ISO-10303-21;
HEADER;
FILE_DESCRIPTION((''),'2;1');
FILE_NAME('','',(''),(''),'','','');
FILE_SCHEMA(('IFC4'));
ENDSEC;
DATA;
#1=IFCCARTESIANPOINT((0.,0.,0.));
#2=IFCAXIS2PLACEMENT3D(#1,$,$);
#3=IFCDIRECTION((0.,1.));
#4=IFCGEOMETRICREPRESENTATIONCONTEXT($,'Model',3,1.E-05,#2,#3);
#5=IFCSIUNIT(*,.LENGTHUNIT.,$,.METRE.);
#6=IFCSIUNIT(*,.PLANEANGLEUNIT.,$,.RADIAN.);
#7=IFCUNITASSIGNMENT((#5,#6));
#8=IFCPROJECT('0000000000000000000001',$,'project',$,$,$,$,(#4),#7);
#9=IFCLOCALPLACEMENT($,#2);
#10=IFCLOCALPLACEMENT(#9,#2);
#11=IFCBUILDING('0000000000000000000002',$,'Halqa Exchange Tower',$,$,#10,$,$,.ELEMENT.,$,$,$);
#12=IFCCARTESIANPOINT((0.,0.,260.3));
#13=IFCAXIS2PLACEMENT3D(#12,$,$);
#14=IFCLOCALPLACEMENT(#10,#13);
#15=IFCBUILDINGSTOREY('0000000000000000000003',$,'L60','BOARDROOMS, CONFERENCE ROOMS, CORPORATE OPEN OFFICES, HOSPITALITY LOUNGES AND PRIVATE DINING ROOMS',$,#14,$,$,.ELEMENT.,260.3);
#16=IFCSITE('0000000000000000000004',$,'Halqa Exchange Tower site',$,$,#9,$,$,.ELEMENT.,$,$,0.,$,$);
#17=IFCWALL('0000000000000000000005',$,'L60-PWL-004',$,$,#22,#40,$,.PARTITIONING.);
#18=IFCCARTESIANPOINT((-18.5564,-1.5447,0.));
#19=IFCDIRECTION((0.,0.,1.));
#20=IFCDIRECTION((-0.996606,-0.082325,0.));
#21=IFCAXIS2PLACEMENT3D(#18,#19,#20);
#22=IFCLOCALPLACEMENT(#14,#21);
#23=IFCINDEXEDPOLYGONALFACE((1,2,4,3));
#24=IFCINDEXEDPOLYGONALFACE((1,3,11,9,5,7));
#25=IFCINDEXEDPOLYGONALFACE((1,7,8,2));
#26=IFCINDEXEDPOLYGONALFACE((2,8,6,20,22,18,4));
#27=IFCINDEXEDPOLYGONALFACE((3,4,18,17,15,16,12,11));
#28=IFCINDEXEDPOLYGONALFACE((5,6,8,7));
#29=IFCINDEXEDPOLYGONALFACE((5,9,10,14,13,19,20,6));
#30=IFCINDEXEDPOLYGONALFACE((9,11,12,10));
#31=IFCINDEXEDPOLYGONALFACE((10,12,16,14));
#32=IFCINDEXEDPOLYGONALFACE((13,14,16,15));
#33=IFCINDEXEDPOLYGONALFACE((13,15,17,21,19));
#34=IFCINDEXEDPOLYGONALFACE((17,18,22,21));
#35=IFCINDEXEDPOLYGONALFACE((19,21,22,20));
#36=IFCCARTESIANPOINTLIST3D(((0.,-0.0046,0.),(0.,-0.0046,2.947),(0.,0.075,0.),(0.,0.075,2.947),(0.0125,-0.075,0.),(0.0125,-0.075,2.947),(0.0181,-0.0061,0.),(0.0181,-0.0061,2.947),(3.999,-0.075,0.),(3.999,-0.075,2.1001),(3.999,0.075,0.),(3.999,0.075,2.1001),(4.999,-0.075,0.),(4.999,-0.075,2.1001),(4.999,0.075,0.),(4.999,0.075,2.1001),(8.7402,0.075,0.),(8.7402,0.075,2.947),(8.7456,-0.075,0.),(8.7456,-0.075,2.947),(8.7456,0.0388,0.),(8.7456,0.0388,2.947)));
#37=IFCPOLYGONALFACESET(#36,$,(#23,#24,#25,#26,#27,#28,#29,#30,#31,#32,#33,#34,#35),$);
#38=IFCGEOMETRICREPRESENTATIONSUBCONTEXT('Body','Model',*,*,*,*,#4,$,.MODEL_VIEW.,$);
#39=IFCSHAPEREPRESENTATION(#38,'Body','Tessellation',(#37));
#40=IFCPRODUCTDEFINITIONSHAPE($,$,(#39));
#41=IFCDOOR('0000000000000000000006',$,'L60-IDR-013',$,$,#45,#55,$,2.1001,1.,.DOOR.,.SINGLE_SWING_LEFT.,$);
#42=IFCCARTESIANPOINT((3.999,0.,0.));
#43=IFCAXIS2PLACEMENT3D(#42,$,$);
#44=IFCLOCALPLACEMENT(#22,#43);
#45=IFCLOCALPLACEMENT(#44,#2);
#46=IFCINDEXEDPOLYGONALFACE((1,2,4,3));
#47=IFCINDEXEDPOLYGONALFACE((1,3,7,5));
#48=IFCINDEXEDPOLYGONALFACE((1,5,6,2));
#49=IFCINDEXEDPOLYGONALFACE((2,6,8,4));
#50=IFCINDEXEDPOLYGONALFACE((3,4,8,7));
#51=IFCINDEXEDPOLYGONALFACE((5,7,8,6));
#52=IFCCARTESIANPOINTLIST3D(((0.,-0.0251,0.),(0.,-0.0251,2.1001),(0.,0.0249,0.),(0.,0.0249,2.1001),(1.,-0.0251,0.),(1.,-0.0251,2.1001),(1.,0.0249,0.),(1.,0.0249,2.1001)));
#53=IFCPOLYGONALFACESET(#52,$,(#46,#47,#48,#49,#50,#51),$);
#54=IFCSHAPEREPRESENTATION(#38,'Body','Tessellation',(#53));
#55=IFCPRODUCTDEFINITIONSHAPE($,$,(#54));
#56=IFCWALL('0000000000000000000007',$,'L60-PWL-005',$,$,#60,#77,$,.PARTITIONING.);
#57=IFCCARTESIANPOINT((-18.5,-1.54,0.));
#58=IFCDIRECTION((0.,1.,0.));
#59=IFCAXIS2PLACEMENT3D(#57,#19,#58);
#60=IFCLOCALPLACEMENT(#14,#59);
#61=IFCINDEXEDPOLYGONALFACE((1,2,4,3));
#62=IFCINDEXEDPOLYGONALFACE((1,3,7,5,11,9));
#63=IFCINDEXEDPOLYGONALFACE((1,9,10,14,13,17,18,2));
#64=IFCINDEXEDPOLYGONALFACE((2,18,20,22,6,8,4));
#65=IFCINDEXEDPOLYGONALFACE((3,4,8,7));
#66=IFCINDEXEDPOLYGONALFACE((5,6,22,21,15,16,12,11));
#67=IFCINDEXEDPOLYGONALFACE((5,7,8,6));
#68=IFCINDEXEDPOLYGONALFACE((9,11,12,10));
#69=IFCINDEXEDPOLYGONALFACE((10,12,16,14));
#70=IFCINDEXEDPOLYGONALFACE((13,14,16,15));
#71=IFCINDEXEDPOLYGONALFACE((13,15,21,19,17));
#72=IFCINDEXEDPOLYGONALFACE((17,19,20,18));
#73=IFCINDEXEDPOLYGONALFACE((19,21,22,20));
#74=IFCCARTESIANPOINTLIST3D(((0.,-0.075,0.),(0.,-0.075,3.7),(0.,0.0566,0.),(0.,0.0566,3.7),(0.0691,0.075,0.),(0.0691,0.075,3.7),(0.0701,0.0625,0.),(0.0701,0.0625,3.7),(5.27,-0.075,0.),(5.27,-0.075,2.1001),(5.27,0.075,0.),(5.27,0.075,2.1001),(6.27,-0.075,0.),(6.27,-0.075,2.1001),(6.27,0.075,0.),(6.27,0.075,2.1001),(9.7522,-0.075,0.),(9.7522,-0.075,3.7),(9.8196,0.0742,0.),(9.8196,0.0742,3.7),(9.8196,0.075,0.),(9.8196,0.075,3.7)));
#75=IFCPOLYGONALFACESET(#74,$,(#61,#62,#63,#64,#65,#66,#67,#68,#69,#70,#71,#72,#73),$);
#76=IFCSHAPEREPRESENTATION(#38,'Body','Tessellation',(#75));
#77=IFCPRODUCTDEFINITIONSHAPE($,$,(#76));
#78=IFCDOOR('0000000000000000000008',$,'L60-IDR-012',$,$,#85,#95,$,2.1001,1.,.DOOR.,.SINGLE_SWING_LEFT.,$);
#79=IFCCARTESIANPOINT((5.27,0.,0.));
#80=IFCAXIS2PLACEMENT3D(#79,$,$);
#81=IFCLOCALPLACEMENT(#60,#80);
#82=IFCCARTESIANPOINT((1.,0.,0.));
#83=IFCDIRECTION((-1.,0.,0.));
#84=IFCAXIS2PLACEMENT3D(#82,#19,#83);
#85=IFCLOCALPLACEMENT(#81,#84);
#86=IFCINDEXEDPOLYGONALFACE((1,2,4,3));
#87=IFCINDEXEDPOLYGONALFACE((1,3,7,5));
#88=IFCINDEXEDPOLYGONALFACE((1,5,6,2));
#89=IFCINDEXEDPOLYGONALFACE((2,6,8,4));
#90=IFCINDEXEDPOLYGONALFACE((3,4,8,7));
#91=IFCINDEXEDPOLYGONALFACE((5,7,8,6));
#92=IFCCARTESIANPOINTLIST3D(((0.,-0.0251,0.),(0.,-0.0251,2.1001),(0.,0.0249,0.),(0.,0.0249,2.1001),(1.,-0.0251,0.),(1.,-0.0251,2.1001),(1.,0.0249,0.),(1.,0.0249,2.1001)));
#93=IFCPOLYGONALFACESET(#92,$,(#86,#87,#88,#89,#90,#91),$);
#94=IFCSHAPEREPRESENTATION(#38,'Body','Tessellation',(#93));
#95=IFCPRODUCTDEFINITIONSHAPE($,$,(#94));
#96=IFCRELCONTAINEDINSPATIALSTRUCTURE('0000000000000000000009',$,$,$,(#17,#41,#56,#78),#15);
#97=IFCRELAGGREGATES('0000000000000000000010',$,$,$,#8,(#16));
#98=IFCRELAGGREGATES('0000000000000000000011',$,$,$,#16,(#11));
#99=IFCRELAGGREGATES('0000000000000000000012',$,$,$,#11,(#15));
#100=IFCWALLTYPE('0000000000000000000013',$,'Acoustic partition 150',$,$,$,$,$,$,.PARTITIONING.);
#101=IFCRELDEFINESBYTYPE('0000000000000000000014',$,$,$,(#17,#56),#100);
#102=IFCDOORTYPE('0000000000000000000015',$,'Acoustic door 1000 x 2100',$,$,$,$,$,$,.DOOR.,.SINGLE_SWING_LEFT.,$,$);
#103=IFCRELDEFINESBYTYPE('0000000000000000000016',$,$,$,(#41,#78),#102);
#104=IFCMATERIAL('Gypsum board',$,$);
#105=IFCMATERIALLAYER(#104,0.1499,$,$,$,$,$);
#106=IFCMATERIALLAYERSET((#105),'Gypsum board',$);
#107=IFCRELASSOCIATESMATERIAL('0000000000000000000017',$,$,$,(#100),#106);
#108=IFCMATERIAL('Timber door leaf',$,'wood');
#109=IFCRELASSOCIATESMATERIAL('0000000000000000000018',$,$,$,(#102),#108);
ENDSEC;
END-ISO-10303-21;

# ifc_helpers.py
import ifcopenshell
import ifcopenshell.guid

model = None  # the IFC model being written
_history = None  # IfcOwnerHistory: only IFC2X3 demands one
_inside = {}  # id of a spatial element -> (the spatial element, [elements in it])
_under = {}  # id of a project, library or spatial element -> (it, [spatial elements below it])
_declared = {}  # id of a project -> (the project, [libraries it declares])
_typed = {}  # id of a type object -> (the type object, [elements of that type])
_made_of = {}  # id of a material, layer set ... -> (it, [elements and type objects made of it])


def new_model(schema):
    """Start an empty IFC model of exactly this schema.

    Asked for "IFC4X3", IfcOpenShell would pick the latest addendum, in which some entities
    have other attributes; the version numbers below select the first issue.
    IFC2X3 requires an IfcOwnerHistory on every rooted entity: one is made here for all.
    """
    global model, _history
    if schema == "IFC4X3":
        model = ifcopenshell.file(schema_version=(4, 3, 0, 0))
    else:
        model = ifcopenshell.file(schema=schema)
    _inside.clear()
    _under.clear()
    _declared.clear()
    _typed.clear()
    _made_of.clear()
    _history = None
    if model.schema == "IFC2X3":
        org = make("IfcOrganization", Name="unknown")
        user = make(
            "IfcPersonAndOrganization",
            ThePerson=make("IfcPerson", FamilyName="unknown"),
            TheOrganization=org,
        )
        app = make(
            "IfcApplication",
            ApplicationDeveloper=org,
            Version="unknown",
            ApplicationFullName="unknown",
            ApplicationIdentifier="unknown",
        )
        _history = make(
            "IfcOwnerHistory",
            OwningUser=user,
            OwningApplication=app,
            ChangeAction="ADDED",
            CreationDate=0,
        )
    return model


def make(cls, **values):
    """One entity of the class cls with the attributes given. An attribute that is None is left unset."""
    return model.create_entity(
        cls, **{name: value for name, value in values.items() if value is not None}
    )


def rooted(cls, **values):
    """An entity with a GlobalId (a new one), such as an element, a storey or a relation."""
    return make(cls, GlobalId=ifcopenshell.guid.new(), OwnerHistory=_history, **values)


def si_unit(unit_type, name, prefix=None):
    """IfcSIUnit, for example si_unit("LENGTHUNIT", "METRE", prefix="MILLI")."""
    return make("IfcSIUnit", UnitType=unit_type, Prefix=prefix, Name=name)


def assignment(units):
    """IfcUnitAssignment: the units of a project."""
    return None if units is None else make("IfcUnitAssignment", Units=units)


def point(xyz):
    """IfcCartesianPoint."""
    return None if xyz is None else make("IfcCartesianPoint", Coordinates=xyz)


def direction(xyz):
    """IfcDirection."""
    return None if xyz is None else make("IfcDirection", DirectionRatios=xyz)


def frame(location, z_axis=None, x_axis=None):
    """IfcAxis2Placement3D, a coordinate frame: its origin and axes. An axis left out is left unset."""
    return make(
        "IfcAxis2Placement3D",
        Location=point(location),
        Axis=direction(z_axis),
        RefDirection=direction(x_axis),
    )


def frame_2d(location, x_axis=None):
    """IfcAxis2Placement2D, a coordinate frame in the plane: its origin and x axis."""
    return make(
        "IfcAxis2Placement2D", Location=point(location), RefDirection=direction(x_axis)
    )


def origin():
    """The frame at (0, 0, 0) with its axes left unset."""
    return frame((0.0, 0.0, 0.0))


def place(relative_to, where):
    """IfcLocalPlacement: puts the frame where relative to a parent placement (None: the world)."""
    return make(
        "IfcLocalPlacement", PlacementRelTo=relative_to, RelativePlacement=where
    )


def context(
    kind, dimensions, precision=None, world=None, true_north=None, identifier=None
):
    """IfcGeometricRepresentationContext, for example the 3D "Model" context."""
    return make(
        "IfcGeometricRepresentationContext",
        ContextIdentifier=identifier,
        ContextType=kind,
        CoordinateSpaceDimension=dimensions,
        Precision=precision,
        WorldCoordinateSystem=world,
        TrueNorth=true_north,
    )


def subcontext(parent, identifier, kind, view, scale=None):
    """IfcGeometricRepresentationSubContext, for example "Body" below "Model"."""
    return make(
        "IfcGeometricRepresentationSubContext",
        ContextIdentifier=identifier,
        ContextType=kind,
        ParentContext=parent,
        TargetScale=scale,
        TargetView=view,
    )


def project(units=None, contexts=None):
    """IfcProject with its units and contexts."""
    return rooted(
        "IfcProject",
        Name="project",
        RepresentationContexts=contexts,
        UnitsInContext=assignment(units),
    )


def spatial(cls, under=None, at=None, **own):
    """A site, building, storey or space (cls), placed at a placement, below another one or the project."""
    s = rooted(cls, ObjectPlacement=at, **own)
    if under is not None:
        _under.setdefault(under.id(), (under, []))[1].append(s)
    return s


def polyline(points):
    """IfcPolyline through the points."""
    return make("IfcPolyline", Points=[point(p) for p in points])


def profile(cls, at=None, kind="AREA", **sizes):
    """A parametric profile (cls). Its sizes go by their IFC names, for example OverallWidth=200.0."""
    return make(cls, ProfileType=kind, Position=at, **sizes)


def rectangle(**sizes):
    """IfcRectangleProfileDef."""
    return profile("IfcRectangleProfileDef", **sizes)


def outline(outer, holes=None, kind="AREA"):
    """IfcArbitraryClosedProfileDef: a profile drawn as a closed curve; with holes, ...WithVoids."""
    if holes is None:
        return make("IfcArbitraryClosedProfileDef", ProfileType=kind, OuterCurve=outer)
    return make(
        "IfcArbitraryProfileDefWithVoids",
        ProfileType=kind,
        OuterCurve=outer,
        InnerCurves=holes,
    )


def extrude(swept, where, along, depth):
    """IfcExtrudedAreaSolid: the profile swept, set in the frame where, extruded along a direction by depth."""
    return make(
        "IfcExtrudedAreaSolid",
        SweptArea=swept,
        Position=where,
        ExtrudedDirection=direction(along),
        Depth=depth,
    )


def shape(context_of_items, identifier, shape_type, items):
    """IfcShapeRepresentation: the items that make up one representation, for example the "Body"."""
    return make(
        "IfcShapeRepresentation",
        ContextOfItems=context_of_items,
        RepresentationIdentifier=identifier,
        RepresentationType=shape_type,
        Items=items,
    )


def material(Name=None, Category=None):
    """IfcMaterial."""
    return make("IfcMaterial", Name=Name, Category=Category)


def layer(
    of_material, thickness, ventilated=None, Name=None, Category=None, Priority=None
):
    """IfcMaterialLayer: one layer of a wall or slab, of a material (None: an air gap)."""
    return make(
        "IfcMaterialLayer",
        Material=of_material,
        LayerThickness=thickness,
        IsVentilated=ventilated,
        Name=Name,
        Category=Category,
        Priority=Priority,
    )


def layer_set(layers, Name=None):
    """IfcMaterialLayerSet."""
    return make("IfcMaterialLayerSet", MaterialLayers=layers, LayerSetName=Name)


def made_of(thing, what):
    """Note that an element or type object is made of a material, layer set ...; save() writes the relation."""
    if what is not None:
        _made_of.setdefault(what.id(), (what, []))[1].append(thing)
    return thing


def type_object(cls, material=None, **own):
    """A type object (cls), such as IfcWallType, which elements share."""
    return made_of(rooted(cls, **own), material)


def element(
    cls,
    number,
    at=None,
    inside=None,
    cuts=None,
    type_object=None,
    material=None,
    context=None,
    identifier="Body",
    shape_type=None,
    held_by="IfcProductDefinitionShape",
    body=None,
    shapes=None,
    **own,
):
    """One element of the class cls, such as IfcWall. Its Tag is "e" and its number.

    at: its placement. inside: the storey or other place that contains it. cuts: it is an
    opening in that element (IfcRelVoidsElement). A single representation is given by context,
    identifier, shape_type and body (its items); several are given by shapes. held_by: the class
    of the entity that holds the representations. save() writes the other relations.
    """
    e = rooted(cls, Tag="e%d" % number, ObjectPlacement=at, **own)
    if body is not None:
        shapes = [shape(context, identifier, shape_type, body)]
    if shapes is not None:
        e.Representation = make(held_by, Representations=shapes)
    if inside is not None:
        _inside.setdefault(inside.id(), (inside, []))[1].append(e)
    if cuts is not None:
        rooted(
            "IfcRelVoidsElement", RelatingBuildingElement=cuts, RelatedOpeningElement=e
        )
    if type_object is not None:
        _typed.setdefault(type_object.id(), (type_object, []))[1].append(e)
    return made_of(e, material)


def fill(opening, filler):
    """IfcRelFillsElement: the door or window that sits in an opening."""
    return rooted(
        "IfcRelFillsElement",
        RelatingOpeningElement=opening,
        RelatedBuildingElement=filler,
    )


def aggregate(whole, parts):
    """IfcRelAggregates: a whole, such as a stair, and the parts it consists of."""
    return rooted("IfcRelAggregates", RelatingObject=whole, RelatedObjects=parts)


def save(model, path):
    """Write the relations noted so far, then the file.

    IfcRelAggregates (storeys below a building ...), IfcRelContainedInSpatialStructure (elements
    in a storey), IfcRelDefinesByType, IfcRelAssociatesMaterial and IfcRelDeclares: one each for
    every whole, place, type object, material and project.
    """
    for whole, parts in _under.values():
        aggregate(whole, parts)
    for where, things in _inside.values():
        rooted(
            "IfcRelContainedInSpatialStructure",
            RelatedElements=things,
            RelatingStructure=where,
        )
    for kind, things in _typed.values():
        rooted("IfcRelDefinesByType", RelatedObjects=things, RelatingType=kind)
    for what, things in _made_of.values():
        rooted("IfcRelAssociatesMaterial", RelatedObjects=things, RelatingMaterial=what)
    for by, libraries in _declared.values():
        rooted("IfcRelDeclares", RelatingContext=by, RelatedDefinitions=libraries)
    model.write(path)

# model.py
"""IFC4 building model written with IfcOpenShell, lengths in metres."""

from ifc_helpers import new_model, si_unit, direction, frame, frame_2d, origin, place, context, subcontext, project, spatial, polyline, rectangle, outline, extrude, material, layer, layer_set, type_object, element, fill, save


model = new_model("IFC4")

# Units and contexts
model_context = context("Model", 3, precision=1e-05, world=origin(), true_north=direction((0.0, 1.0)))
body_context = subcontext(model_context, "Body", "Model", "MODEL_VIEW")
ifc_project = project(units=[si_unit("LENGTHUNIT", "METRE"), si_unit("PLANEANGLEUNIT", "RADIAN")], contexts=[model_context])

# Site, building, storey
site_placement = place(None, origin())
site = spatial("IfcSite", under=ifc_project, at=site_placement, Name="Halqa Exchange Tower site", CompositionType="ELEMENT", RefElevation=0.0)
building_placement = place(site_placement, origin())
building = spatial("IfcBuilding", under=site, at=building_placement, Name="Halqa Exchange Tower", CompositionType="ELEMENT")
storey_placement = place(building_placement, frame((0.0, 0.0, 260.3)))
storey = spatial("IfcBuildingStorey", under=building, at=storey_placement, Name="L60", Description="BOARDROOMS, CONFERENCE ROOMS, CORPORATE OPEN OFFICES, HOSPITALITY LOUNGES AND PRIVATE DINING ROOMS", CompositionType="ELEMENT", Elevation=260.3)

# Walls, openings, doors
ifc_material_1 = material(Name="Gypsum board")
ifc_layer_1 = layer(ifc_material_1, 0.1499)
ifc_layer_set_1 = layer_set([ifc_layer_1], Name="Gypsum board")
wall_type_1 = type_object("IfcWallType", Name="Acoustic partition 150", PredefinedType="PARTITIONING", material=ifc_layer_set_1)
wall_1_placement = place(storey_placement, frame((-18.5564, -1.5447, 0.0), z_axis=(0.0, 0.0, 1.0), x_axis=(-0.996606, -0.082325, 0.0)))
wall_1 = element("IfcWall", 1, at=wall_1_placement, inside=storey, type_object=wall_type_1, Name="L60-PWL-004", PredefinedType="PARTITIONING", context=body_context, shape_type="SweptSolid", body=[
    extrude(outline(polyline([(8.7456, -0.075), (8.7456, 0.0388), (8.7402, 0.075), (6.9922, 0.075), (5.2441, 0.075), (3.4961, 0.075), (1.748, 0.075), (0.0, 0.075), (0.0, -0.0046), (0.0181, -0.0061), (0.0125, -0.075), (1.759, -0.075), (3.5056, -0.075), (5.2524, -0.075), (6.999, -0.075), (8.7456, -0.075)])), origin(), (0.0, 0.0, 1.0), 2.947),
])
opening_1_placement = place(wall_1_placement, frame((3.999, 0.0, 0.0)))
opening_1 = element("IfcOpeningElement", 2, at=opening_1_placement, cuts=wall_1, PredefinedType="OPENING", context=body_context, shape_type="SweptSolid", body=[
    extrude(rectangle(XDim=1.0, YDim=2.1001, at=frame_2d((0.5, 1.05))), frame((0.0, 0.0869, 0.0), z_axis=(0.0, -1.0, 0.0), x_axis=(1.0, 0.0, 0.0)), (0.0, 0.0, 1.0), 0.1738),
])
ifc_material_2 = material(Name="Timber door leaf", Category="wood")
door_type_1 = type_object("IfcDoorType", Name="Acoustic door 1000 x 2100", OperationType="SINGLE_SWING_LEFT", PredefinedType="DOOR", material=ifc_material_2)
door_1_placement = place(opening_1_placement, origin())
door_1 = element("IfcDoor", 3, at=door_1_placement, inside=storey, type_object=door_type_1, Name="L60-IDR-013", OperationType="SINGLE_SWING_LEFT", OverallHeight=2.1001, OverallWidth=1.0, PredefinedType="DOOR", context=body_context, shape_type="SweptSolid", body=[
    extrude(rectangle(XDim=1.0, YDim=2.1001, at=frame_2d((0.5, 1.05))), frame((0.0, 0.0249, 0.0), z_axis=(0.0, -1.0, 0.0), x_axis=(1.0, 0.0, 0.0)), (0.0, 0.0, 1.0), 0.05),
])
fill(opening_1, door_1)
wall_2_placement = place(storey_placement, frame((-18.5, -1.54, 0.0), z_axis=(0.0, 0.0, 1.0), x_axis=(0.0, 1.0, 0.0)))
wall_2 = element("IfcWall", 4, at=wall_2_placement, inside=storey, type_object=wall_type_1, Name="L60-PWL-005", PredefinedType="PARTITIONING", context=body_context, shape_type="SweptSolid", body=[
    extrude(outline(polyline([(0.0, -0.075), (1.9504, -0.075), (3.9009, -0.075), (5.8513, -0.075), (7.8018, -0.075), (9.7522, -0.075), (9.8196, 0.0742), (9.8196, 0.075), (7.8694, 0.075), (5.9194, 0.075), (3.9692, 0.075), (2.0193, 0.075), (0.0691, 0.075), (0.0701, 0.0625), (0.0, 0.0566), (0.0, 0.05), (0.0, 0.05), (0.0, -0.05), (0.0, -0.05), (0.0, -0.075)])), origin(), (0.0, 0.0, 1.0), 3.7),
])
opening_2_placement = place(wall_2_placement, frame((5.27, 0.0, 0.0)))
opening_2 = element("IfcOpeningElement", 5, at=opening_2_placement, cuts=wall_2, PredefinedType="OPENING", context=body_context, shape_type="SweptSolid", body=[
    extrude(rectangle(XDim=1.0, YDim=2.1001, at=frame_2d((0.5, 1.05))), frame((0.0, 0.0869, 0.0), z_axis=(0.0, -1.0, 0.0), x_axis=(1.0, 0.0, 0.0)), (0.0, 0.0, 1.0), 0.1738),
])
door_2_placement = place(opening_2_placement, frame((1.0, 0.0, 0.0), z_axis=(0.0, 0.0, 1.0), x_axis=(-1.0, 0.0, 0.0)))
door_2 = element("IfcDoor", 6, at=door_2_placement, inside=storey, type_object=door_type_1, Name="L60-IDR-012", OperationType="SINGLE_SWING_LEFT", OverallHeight=2.1001, OverallWidth=1.0, PredefinedType="DOOR", context=body_context, shape_type="SweptSolid", body=[
    extrude(rectangle(XDim=1.0, YDim=2.1001, at=frame_2d((0.5, 1.05))), frame((0.0, 0.0249, 0.0), z_axis=(0.0, -1.0, 0.0), x_axis=(1.0, 0.0, 0.0)), (0.0, 0.0, 1.0), 0.05),
])
fill(opening_2, door_2)

save(model, "model.ifc")
